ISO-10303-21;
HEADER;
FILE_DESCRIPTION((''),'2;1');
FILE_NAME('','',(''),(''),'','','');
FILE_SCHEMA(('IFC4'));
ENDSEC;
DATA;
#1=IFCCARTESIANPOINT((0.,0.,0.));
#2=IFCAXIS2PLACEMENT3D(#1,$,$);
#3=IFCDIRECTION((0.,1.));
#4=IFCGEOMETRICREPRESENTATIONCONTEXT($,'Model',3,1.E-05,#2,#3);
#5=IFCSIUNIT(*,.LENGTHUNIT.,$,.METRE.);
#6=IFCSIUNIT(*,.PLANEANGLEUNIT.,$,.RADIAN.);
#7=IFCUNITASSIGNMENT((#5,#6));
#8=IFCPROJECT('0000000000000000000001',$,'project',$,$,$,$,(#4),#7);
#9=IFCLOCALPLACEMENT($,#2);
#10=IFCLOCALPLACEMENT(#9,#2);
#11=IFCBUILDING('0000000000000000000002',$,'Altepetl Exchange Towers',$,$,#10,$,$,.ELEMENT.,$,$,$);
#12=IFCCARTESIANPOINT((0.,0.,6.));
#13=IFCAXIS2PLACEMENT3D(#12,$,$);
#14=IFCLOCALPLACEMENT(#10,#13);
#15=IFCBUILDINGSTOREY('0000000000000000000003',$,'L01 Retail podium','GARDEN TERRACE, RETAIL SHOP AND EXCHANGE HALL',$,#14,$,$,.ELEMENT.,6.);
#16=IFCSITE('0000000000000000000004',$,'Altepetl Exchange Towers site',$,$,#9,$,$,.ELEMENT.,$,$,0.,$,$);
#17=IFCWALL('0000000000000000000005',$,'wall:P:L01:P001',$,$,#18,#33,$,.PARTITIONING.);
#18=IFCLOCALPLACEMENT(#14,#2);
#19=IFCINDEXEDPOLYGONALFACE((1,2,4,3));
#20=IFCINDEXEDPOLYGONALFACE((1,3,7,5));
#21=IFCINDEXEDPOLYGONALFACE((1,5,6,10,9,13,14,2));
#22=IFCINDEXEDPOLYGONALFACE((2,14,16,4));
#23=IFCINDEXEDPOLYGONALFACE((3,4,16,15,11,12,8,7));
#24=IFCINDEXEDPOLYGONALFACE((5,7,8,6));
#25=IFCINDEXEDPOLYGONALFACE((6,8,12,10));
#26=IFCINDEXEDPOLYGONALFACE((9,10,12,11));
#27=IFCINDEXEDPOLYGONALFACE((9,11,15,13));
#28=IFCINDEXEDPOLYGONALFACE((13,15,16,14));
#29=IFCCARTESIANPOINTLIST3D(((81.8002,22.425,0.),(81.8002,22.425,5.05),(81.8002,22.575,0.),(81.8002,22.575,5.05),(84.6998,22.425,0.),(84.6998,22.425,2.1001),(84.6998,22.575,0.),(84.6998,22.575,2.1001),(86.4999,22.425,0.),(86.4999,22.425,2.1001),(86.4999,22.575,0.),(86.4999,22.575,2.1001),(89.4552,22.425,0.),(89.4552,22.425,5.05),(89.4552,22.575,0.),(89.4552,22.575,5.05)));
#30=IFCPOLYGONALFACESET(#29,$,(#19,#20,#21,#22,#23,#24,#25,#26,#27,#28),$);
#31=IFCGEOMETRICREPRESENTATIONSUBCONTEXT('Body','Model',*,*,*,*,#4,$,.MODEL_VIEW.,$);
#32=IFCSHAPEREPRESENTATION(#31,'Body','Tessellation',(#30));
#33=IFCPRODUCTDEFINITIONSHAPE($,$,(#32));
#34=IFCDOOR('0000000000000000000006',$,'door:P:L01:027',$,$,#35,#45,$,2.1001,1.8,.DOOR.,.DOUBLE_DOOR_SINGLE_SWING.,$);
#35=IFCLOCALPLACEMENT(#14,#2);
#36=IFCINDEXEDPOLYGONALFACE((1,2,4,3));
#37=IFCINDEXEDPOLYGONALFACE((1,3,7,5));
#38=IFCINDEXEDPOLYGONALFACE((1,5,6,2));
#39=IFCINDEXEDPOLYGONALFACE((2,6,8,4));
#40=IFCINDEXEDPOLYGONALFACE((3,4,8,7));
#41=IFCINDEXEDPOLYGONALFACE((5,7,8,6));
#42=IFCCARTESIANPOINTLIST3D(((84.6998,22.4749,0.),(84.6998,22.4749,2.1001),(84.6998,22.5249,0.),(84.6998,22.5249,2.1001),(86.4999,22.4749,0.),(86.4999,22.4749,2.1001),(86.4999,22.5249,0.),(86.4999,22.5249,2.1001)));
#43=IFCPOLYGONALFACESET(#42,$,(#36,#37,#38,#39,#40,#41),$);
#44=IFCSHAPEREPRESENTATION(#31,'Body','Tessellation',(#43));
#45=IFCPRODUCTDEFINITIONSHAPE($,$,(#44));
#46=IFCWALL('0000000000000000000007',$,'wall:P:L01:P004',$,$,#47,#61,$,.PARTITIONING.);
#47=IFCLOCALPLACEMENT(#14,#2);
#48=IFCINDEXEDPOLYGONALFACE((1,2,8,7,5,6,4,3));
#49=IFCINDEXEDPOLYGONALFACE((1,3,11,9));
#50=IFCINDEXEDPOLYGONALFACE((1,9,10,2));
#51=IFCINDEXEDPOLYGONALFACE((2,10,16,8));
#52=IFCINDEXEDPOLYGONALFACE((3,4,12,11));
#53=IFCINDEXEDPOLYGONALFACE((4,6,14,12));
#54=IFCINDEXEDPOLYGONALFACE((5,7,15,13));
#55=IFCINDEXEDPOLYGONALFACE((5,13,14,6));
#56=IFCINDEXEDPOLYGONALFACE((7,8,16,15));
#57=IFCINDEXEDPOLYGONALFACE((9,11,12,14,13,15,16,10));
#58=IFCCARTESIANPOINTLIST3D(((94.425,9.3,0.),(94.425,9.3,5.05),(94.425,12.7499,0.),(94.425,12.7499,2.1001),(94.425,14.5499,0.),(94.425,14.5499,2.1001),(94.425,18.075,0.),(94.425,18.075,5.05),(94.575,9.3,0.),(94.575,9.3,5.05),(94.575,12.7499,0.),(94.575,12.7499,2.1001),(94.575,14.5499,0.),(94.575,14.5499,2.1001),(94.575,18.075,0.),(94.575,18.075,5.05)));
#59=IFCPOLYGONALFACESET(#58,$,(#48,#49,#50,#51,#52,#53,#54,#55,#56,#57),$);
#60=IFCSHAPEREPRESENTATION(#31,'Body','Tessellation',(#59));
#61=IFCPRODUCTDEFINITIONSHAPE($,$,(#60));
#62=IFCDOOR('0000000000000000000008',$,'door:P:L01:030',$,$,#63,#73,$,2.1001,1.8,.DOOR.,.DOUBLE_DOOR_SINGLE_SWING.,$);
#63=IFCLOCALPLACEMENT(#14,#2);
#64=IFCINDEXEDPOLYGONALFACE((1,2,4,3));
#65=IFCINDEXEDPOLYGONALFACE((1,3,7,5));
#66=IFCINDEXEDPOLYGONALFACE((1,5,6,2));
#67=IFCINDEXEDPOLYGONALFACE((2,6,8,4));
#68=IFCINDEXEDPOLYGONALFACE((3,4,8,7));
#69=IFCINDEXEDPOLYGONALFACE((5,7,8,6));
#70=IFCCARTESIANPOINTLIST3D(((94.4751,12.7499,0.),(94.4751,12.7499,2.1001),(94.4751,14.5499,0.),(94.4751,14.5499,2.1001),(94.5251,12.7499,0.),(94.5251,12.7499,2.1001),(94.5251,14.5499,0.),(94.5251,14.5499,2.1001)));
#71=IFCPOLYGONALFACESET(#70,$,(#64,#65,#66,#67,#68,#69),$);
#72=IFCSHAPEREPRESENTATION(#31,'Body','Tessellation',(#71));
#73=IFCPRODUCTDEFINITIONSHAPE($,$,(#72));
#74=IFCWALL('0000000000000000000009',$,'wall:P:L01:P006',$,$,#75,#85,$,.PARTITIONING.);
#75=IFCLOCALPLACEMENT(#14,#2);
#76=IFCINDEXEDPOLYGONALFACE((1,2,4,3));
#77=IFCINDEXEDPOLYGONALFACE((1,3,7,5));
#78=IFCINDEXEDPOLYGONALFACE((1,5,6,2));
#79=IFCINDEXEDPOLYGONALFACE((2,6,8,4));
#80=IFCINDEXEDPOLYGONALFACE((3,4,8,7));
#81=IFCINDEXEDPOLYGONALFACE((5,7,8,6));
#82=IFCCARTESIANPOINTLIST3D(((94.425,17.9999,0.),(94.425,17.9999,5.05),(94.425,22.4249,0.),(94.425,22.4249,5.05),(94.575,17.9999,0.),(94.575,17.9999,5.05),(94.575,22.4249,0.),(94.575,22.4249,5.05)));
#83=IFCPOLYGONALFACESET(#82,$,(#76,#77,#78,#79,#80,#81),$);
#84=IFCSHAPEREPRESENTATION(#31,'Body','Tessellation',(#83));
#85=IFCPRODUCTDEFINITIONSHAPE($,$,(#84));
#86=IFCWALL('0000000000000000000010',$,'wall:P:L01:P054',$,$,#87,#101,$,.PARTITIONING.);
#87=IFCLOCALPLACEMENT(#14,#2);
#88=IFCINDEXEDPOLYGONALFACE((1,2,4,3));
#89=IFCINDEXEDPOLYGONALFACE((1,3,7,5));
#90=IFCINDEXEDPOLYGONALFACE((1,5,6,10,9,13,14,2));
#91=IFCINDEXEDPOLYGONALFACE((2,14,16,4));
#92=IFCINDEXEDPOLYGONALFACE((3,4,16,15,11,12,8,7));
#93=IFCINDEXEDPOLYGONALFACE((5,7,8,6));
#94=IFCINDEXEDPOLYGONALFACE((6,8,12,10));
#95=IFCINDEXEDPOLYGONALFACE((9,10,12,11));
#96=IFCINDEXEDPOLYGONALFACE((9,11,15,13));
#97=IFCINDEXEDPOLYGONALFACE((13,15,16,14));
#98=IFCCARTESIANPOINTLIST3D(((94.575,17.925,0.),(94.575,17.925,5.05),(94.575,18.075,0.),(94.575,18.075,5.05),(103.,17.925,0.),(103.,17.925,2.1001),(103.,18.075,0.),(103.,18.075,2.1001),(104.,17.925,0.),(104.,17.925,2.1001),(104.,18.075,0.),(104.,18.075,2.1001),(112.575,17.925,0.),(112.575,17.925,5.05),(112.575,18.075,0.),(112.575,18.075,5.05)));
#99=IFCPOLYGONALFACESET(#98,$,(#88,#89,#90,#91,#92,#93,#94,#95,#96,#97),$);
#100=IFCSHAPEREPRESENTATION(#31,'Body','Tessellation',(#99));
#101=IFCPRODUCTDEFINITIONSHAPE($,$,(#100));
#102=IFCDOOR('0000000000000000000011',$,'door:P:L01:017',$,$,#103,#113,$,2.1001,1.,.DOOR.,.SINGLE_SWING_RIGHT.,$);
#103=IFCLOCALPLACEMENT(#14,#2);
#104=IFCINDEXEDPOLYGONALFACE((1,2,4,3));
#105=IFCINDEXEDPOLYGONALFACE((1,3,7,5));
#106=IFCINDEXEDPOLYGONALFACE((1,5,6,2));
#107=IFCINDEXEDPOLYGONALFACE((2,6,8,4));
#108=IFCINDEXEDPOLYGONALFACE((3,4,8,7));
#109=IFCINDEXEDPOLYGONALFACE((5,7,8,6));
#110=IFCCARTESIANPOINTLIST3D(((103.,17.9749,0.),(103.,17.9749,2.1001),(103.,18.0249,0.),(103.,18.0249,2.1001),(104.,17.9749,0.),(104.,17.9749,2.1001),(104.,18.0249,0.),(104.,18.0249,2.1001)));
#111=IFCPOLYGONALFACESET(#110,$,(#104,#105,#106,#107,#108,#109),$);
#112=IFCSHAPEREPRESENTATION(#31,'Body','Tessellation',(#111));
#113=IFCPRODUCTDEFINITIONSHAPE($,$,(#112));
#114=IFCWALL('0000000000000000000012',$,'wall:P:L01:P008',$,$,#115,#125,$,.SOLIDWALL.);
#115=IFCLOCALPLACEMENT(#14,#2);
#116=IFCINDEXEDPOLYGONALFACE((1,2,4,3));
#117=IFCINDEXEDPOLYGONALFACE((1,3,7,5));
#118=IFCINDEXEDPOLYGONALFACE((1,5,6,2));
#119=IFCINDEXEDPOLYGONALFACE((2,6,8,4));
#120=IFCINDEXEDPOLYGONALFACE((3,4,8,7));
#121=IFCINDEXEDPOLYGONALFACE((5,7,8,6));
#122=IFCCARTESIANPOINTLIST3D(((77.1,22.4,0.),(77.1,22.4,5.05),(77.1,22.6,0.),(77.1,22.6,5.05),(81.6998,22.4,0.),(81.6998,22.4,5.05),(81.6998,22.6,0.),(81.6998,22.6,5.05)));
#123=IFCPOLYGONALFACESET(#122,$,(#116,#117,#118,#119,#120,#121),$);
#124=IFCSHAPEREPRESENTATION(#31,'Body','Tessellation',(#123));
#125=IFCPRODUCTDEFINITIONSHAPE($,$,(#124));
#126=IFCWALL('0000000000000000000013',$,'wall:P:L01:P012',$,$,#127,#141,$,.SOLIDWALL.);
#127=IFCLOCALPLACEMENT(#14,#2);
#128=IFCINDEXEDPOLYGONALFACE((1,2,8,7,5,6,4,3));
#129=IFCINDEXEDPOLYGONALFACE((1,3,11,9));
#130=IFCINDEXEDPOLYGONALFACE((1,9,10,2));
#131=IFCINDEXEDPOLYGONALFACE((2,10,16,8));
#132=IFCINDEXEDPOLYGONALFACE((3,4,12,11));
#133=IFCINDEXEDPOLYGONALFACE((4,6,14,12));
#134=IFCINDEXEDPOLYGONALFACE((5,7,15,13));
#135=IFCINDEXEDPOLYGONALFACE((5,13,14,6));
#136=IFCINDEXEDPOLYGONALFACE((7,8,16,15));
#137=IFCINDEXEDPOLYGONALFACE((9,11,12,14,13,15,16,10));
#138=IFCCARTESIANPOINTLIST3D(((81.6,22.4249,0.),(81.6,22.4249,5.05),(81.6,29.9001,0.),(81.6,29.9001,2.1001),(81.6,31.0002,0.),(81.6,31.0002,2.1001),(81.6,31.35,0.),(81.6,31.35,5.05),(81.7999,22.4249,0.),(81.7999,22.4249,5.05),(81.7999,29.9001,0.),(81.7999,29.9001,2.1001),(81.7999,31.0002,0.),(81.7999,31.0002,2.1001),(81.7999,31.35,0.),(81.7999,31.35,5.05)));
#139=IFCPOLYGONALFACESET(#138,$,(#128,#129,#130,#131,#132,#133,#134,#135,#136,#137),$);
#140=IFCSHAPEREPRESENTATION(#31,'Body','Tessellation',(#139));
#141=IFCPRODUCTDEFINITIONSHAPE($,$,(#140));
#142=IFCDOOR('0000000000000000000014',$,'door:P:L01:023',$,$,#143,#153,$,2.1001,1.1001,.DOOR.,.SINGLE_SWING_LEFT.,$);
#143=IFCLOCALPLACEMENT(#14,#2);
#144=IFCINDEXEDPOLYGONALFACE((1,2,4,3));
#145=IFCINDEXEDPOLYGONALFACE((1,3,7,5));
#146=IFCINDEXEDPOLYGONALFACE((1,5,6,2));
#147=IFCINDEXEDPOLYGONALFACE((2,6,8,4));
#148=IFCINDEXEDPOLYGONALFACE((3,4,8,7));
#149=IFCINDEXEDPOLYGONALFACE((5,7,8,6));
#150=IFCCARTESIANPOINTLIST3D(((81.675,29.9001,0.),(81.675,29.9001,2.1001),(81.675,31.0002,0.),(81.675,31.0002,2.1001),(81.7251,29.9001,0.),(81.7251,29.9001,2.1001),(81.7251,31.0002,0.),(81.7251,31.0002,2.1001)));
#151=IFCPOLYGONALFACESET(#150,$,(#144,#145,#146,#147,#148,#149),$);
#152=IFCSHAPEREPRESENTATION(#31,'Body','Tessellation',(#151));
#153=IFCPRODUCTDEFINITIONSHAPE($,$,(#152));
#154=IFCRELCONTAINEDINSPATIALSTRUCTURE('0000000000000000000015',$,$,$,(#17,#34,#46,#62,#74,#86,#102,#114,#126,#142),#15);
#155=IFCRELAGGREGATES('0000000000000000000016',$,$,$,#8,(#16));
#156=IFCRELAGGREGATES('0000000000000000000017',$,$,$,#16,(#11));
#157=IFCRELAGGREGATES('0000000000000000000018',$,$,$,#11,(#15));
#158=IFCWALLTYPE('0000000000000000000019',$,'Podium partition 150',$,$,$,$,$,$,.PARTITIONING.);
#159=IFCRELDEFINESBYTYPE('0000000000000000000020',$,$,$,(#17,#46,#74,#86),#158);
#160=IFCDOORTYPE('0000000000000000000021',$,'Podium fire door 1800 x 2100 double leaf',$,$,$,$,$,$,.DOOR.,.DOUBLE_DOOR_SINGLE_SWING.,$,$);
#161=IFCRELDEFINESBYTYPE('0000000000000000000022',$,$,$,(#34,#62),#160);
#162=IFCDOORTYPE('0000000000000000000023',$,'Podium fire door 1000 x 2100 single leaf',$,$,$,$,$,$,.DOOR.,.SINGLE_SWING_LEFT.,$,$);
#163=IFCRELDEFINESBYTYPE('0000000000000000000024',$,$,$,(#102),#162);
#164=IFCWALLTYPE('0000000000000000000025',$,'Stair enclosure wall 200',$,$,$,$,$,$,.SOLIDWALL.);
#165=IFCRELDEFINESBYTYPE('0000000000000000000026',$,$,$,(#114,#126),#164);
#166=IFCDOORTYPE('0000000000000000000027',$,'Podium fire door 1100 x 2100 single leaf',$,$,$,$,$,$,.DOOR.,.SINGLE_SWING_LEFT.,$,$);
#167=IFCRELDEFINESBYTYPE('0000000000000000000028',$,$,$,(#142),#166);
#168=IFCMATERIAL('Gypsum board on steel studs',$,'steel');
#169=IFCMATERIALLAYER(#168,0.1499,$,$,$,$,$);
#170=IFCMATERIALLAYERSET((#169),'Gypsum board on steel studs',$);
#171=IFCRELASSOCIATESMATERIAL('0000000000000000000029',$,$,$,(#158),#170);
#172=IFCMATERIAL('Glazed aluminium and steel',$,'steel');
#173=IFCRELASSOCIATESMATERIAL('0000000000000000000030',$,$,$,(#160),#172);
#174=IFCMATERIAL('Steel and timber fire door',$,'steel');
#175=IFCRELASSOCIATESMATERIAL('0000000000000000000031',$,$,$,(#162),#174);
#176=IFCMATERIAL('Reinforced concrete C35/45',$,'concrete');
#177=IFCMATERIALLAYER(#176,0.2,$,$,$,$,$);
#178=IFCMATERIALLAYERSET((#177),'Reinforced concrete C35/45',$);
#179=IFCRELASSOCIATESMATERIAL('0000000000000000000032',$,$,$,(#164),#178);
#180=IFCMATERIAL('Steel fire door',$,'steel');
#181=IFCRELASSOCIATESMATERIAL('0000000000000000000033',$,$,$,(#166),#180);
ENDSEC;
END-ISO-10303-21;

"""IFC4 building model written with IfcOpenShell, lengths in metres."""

from ifc_helpers import new_model, si_unit, direction, frame, frame_2d, origin, place, context, subcontext, project, spatial, rectangle, extrude, material, layer, layer_set, type_object, element, fill, save


model = new_model("IFC4")

# Units and contexts
model_context = context("Model", 3, precision=1e-05, world=origin(), true_north=direction((0.0, 1.0)))
body_context = subcontext(model_context, "Body", "Model", "MODEL_VIEW")
ifc_project = project(units=[si_unit("LENGTHUNIT", "METRE"), si_unit("PLANEANGLEUNIT", "RADIAN")], contexts=[model_context])

# Site, building, storey
site_placement = place(None, origin())
site = spatial("IfcSite", under=ifc_project, at=site_placement, Name="Altepetl Exchange Towers site", CompositionType="ELEMENT", RefElevation=0.0)
building_placement = place(site_placement, origin())
building = spatial("IfcBuilding", under=site, at=building_placement, Name="Altepetl Exchange Towers", CompositionType="ELEMENT")
storey_placement = place(building_placement, frame((0.0, 0.0, 6.0)))
storey = spatial("IfcBuildingStorey", under=building, at=storey_placement, Name="L01 Retail podium", Description="GARDEN TERRACE, RETAIL SHOP AND EXCHANGE HALL", CompositionType="ELEMENT", Elevation=6.0)

# Shared definitions
ifc_material_1 = material(Name="Reinforced concrete C35/45", Category="concrete")

# Walls, openings, doors
ifc_material_2 = material(Name="Gypsum board on steel studs", Category="steel")
ifc_layer_1 = layer(ifc_material_2, 0.1499)
ifc_layer_set_1 = layer_set([ifc_layer_1], Name="Gypsum board on steel studs")
wall_type_1 = type_object("IfcWallType", Name="Podium partition 150", PredefinedType="PARTITIONING", material=ifc_layer_set_1)
wall_1_placement = place(storey_placement, frame((81.8, 22.5, 0.0)))
wall_1 = element("IfcWall", 1, at=wall_1_placement, inside=storey, type_object=wall_type_1, Name="wall:P:L01:P001", PredefinedType="PARTITIONING", context=body_context, shape_type="SweptSolid", body=[
    extrude(rectangle(XDim=7.655, YDim=0.1499, at=frame_2d((3.8276, 0.0))), origin(), (0.0, 0.0, 1.0), 5.05),
])
opening_1_placement = place(wall_1_placement, frame((2.8999, 0.0, 0.0)))
opening_1 = element("IfcOpeningElement", 2, at=opening_1_placement, cuts=wall_1, PredefinedType="OPENING", context=body_context, shape_type="SweptSolid", body=[
    extrude(rectangle(XDim=1.8, YDim=2.1001, at=frame_2d((0.8999, 1.05))), frame((0.0, 0.085, 0.0), z_axis=(0.0, -1.0, 0.0), x_axis=(1.0, 0.0, 0.0)), (0.0, 0.0, 1.0), 0.1699),
])
ifc_material_3 = material(Name="Glazed aluminium and steel", Category="steel")
door_type_1 = type_object("IfcDoorType", Name="Podium fire door 1800 x 2100 double leaf", OperationType="DOUBLE_DOOR_SINGLE_SWING", PredefinedType="DOOR", material=ifc_material_3)
door_1_placement = place(opening_1_placement, origin())
door_1 = element("IfcDoor", 3, at=door_1_placement, inside=storey, type_object=door_type_1, Name="door:P:L01:027", OperationType="DOUBLE_DOOR_SINGLE_SWING", OverallHeight=2.1001, OverallWidth=1.8, PredefinedType="DOOR", context=body_context, shape_type="SweptSolid", body=[
    extrude(rectangle(XDim=1.8, YDim=2.1001, at=frame_2d((0.8999, 1.05))), frame((0.0, 0.0249, 0.0), z_axis=(0.0, -1.0, 0.0), x_axis=(1.0, 0.0, 0.0)), (0.0, 0.0, 1.0), 0.05),
])
fill(opening_1, door_1)
wall_2_placement = place(storey_placement, frame((94.5, 9.3, 0.0), z_axis=(0.0, 0.0, 1.0), x_axis=(0.0, 1.0, 0.0)))
wall_2 = element("IfcWall", 4, at=wall_2_placement, inside=storey, type_object=wall_type_1, Name="wall:P:L01:P004", PredefinedType="PARTITIONING", context=body_context, shape_type="SweptSolid", body=[
    extrude(rectangle(XDim=8.7749, YDim=0.1499, at=frame_2d((4.3875, 0.0))), origin(), (0.0, 0.0, 1.0), 5.05),
])
opening_2_placement = place(wall_2_placement, frame((3.45, 0.0, 0.0)))
opening_2 = element("IfcOpeningElement", 5, at=opening_2_placement, cuts=wall_2, PredefinedType="OPENING", context=body_context, shape_type="SweptSolid", body=[
    extrude(rectangle(XDim=1.8, YDim=2.1001, at=frame_2d((0.8999, 1.05))), frame((0.0, 0.085, 0.0), z_axis=(0.0, -1.0, 0.0), x_axis=(1.0, 0.0, 0.0)), (0.0, 0.0, 1.0), 0.1699),
])
door_2_placement = place(opening_2_placement, origin())
door_2 = element("IfcDoor", 6, at=door_2_placement, inside=storey, type_object=door_type_1, Name="door:P:L01:030", OperationType="DOUBLE_DOOR_SINGLE_SWING", OverallHeight=2.1001, OverallWidth=1.8, PredefinedType="DOOR", context=body_context, shape_type="SweptSolid", body=[
    extrude(rectangle(XDim=1.8, YDim=2.1001, at=frame_2d((0.8999, 1.05))), frame((0.0, 0.0249, 0.0), z_axis=(0.0, -1.0, 0.0), x_axis=(1.0, 0.0, 0.0)), (0.0, 0.0, 1.0), 0.05),
])
fill(opening_2, door_2)

# Wall
wall_3_placement = place(storey_placement, frame((94.5, 18.0, 0.0), z_axis=(0.0, 0.0, 1.0), x_axis=(0.0, 1.0, 0.0)))
element("IfcWall", 7, at=wall_3_placement, inside=storey, type_object=wall_type_1, Name="wall:P:L01:P006", PredefinedType="PARTITIONING", context=body_context, shape_type="SweptSolid", body=[
    extrude(rectangle(XDim=4.425, YDim=0.1499, at=frame_2d((2.2124, 0.0))), origin(), (0.0, 0.0, 1.0), 5.05),
])

# Wall, opening, door
wall_4_placement = place(storey_placement, frame((94.575, 18.0, 0.0)))
wall_4 = element("IfcWall", 8, at=wall_4_placement, inside=storey, type_object=wall_type_1, Name="wall:P:L01:P054", PredefinedType="PARTITIONING", context=body_context, shape_type="SweptSolid", body=[
    extrude(rectangle(XDim=18.0, YDim=0.1499, at=frame_2d((9.0, 0.0))), origin(), (0.0, 0.0, 1.0), 5.05),
])
opening_3_placement = place(wall_4_placement, frame((8.425, 0.0, 0.0)))
opening_3 = element("IfcOpeningElement", 9, at=opening_3_placement, cuts=wall_4, PredefinedType="OPENING", context=body_context, shape_type="SweptSolid", body=[
    extrude(rectangle(XDim=1.0, YDim=2.1001, at=frame_2d((0.5, 1.05))), frame((0.0, 0.085, 0.0), z_axis=(0.0, -1.0, 0.0), x_axis=(1.0, 0.0, 0.0)), (0.0, 0.0, 1.0), 0.1699),
])
ifc_material_4 = material(Name="Steel and timber fire door", Category="steel")
door_type_2 = type_object("IfcDoorType", Name="Podium fire door 1000 x 2100 single leaf", OperationType="SINGLE_SWING_LEFT", PredefinedType="DOOR", material=ifc_material_4)
door_3_placement = place(opening_3_placement, origin())
door_3 = element("IfcDoor", 10, at=door_3_placement, inside=storey, type_object=door_type_2, Name="door:P:L01:017", OperationType="SINGLE_SWING_RIGHT", OverallHeight=2.1001, OverallWidth=1.0, PredefinedType="DOOR", context=body_context, shape_type="SweptSolid", body=[
    extrude(rectangle(XDim=1.0, YDim=2.1001, at=frame_2d((0.5, 1.05))), frame((0.0, 0.0249, 0.0), z_axis=(0.0, -1.0, 0.0), x_axis=(1.0, 0.0, 0.0)), (0.0, 0.0, 1.0), 0.05),
])
fill(opening_3, door_3)

# Wall
ifc_layer_2 = layer(ifc_material_1, 0.2)
ifc_layer_set_2 = layer_set([ifc_layer_2], Name="Reinforced concrete C35/45")
wall_type_2 = type_object("IfcWallType", Name="Stair enclosure wall 200", PredefinedType="SOLIDWALL", material=ifc_layer_set_2)
wall_5_placement = place(storey_placement, frame((77.1001, 22.5, 0.0)))
element("IfcWall", 11, at=wall_5_placement, inside=storey, type_object=wall_type_2, Name="wall:P:L01:P008", PredefinedType="SOLIDWALL", context=body_context, shape_type="SweptSolid", body=[
    extrude(rectangle(XDim=4.5999, YDim=0.2, at=frame_2d((2.2998, 0.0))), origin(), (0.0, 0.0, 1.0), 5.05),
])

# Wall, opening, door
wall_6_placement = place(storey_placement, frame((81.7, 22.425, 0.0), z_axis=(0.0, 0.0, 1.0), x_axis=(0.0, 1.0, 0.0)))
wall_6 = element("IfcWall", 12, at=wall_6_placement, inside=storey, type_object=wall_type_2, Name="wall:P:L01:P012", PredefinedType="SOLIDWALL", context=body_context, shape_type="SweptSolid", body=[
    extrude(rectangle(XDim=8.925, YDim=0.2, at=frame_2d((4.4624, 0.0))), origin(), (0.0, 0.0, 1.0), 5.05),
])
opening_4_placement = place(wall_6_placement, frame((7.4751, 0.0, 0.0)))
opening_4 = element("IfcOpeningElement", 13, at=opening_4_placement, cuts=wall_6, PredefinedType="OPENING", context=body_context, shape_type="SweptSolid", body=[
    extrude(rectangle(XDim=1.1001, YDim=2.1001, at=frame_2d((0.55, 1.05))), frame((0.0, 0.1099, 0.0), z_axis=(0.0, -1.0, 0.0), x_axis=(1.0, 0.0, 0.0)), (0.0, 0.0, 1.0), 0.22),
])
ifc_material_5 = material(Name="Steel fire door", Category="steel")
door_type_3 = type_object("IfcDoorType", Name="Podium fire door 1100 x 2100 single leaf", OperationType="SINGLE_SWING_LEFT", PredefinedType="DOOR", material=ifc_material_5)
door_4_placement = place(opening_4_placement, origin())
door_4 = element("IfcDoor", 14, at=door_4_placement, inside=storey, type_object=door_type_3, Name="door:P:L01:023", OperationType="SINGLE_SWING_LEFT", OverallHeight=2.1001, OverallWidth=1.1001, PredefinedType="DOOR", context=body_context, shape_type="SweptSolid", body=[
    extrude(rectangle(XDim=1.1001, YDim=2.1001, at=frame_2d((0.55, 1.05))), frame((0.0, 0.0249, 0.0), z_axis=(0.0, -1.0, 0.0), x_axis=(1.0, 0.0, 0.0)), (0.0, 0.0, 1.0), 0.05),
])
fill(opening_4, door_4)

save(model, "model.ifc")
